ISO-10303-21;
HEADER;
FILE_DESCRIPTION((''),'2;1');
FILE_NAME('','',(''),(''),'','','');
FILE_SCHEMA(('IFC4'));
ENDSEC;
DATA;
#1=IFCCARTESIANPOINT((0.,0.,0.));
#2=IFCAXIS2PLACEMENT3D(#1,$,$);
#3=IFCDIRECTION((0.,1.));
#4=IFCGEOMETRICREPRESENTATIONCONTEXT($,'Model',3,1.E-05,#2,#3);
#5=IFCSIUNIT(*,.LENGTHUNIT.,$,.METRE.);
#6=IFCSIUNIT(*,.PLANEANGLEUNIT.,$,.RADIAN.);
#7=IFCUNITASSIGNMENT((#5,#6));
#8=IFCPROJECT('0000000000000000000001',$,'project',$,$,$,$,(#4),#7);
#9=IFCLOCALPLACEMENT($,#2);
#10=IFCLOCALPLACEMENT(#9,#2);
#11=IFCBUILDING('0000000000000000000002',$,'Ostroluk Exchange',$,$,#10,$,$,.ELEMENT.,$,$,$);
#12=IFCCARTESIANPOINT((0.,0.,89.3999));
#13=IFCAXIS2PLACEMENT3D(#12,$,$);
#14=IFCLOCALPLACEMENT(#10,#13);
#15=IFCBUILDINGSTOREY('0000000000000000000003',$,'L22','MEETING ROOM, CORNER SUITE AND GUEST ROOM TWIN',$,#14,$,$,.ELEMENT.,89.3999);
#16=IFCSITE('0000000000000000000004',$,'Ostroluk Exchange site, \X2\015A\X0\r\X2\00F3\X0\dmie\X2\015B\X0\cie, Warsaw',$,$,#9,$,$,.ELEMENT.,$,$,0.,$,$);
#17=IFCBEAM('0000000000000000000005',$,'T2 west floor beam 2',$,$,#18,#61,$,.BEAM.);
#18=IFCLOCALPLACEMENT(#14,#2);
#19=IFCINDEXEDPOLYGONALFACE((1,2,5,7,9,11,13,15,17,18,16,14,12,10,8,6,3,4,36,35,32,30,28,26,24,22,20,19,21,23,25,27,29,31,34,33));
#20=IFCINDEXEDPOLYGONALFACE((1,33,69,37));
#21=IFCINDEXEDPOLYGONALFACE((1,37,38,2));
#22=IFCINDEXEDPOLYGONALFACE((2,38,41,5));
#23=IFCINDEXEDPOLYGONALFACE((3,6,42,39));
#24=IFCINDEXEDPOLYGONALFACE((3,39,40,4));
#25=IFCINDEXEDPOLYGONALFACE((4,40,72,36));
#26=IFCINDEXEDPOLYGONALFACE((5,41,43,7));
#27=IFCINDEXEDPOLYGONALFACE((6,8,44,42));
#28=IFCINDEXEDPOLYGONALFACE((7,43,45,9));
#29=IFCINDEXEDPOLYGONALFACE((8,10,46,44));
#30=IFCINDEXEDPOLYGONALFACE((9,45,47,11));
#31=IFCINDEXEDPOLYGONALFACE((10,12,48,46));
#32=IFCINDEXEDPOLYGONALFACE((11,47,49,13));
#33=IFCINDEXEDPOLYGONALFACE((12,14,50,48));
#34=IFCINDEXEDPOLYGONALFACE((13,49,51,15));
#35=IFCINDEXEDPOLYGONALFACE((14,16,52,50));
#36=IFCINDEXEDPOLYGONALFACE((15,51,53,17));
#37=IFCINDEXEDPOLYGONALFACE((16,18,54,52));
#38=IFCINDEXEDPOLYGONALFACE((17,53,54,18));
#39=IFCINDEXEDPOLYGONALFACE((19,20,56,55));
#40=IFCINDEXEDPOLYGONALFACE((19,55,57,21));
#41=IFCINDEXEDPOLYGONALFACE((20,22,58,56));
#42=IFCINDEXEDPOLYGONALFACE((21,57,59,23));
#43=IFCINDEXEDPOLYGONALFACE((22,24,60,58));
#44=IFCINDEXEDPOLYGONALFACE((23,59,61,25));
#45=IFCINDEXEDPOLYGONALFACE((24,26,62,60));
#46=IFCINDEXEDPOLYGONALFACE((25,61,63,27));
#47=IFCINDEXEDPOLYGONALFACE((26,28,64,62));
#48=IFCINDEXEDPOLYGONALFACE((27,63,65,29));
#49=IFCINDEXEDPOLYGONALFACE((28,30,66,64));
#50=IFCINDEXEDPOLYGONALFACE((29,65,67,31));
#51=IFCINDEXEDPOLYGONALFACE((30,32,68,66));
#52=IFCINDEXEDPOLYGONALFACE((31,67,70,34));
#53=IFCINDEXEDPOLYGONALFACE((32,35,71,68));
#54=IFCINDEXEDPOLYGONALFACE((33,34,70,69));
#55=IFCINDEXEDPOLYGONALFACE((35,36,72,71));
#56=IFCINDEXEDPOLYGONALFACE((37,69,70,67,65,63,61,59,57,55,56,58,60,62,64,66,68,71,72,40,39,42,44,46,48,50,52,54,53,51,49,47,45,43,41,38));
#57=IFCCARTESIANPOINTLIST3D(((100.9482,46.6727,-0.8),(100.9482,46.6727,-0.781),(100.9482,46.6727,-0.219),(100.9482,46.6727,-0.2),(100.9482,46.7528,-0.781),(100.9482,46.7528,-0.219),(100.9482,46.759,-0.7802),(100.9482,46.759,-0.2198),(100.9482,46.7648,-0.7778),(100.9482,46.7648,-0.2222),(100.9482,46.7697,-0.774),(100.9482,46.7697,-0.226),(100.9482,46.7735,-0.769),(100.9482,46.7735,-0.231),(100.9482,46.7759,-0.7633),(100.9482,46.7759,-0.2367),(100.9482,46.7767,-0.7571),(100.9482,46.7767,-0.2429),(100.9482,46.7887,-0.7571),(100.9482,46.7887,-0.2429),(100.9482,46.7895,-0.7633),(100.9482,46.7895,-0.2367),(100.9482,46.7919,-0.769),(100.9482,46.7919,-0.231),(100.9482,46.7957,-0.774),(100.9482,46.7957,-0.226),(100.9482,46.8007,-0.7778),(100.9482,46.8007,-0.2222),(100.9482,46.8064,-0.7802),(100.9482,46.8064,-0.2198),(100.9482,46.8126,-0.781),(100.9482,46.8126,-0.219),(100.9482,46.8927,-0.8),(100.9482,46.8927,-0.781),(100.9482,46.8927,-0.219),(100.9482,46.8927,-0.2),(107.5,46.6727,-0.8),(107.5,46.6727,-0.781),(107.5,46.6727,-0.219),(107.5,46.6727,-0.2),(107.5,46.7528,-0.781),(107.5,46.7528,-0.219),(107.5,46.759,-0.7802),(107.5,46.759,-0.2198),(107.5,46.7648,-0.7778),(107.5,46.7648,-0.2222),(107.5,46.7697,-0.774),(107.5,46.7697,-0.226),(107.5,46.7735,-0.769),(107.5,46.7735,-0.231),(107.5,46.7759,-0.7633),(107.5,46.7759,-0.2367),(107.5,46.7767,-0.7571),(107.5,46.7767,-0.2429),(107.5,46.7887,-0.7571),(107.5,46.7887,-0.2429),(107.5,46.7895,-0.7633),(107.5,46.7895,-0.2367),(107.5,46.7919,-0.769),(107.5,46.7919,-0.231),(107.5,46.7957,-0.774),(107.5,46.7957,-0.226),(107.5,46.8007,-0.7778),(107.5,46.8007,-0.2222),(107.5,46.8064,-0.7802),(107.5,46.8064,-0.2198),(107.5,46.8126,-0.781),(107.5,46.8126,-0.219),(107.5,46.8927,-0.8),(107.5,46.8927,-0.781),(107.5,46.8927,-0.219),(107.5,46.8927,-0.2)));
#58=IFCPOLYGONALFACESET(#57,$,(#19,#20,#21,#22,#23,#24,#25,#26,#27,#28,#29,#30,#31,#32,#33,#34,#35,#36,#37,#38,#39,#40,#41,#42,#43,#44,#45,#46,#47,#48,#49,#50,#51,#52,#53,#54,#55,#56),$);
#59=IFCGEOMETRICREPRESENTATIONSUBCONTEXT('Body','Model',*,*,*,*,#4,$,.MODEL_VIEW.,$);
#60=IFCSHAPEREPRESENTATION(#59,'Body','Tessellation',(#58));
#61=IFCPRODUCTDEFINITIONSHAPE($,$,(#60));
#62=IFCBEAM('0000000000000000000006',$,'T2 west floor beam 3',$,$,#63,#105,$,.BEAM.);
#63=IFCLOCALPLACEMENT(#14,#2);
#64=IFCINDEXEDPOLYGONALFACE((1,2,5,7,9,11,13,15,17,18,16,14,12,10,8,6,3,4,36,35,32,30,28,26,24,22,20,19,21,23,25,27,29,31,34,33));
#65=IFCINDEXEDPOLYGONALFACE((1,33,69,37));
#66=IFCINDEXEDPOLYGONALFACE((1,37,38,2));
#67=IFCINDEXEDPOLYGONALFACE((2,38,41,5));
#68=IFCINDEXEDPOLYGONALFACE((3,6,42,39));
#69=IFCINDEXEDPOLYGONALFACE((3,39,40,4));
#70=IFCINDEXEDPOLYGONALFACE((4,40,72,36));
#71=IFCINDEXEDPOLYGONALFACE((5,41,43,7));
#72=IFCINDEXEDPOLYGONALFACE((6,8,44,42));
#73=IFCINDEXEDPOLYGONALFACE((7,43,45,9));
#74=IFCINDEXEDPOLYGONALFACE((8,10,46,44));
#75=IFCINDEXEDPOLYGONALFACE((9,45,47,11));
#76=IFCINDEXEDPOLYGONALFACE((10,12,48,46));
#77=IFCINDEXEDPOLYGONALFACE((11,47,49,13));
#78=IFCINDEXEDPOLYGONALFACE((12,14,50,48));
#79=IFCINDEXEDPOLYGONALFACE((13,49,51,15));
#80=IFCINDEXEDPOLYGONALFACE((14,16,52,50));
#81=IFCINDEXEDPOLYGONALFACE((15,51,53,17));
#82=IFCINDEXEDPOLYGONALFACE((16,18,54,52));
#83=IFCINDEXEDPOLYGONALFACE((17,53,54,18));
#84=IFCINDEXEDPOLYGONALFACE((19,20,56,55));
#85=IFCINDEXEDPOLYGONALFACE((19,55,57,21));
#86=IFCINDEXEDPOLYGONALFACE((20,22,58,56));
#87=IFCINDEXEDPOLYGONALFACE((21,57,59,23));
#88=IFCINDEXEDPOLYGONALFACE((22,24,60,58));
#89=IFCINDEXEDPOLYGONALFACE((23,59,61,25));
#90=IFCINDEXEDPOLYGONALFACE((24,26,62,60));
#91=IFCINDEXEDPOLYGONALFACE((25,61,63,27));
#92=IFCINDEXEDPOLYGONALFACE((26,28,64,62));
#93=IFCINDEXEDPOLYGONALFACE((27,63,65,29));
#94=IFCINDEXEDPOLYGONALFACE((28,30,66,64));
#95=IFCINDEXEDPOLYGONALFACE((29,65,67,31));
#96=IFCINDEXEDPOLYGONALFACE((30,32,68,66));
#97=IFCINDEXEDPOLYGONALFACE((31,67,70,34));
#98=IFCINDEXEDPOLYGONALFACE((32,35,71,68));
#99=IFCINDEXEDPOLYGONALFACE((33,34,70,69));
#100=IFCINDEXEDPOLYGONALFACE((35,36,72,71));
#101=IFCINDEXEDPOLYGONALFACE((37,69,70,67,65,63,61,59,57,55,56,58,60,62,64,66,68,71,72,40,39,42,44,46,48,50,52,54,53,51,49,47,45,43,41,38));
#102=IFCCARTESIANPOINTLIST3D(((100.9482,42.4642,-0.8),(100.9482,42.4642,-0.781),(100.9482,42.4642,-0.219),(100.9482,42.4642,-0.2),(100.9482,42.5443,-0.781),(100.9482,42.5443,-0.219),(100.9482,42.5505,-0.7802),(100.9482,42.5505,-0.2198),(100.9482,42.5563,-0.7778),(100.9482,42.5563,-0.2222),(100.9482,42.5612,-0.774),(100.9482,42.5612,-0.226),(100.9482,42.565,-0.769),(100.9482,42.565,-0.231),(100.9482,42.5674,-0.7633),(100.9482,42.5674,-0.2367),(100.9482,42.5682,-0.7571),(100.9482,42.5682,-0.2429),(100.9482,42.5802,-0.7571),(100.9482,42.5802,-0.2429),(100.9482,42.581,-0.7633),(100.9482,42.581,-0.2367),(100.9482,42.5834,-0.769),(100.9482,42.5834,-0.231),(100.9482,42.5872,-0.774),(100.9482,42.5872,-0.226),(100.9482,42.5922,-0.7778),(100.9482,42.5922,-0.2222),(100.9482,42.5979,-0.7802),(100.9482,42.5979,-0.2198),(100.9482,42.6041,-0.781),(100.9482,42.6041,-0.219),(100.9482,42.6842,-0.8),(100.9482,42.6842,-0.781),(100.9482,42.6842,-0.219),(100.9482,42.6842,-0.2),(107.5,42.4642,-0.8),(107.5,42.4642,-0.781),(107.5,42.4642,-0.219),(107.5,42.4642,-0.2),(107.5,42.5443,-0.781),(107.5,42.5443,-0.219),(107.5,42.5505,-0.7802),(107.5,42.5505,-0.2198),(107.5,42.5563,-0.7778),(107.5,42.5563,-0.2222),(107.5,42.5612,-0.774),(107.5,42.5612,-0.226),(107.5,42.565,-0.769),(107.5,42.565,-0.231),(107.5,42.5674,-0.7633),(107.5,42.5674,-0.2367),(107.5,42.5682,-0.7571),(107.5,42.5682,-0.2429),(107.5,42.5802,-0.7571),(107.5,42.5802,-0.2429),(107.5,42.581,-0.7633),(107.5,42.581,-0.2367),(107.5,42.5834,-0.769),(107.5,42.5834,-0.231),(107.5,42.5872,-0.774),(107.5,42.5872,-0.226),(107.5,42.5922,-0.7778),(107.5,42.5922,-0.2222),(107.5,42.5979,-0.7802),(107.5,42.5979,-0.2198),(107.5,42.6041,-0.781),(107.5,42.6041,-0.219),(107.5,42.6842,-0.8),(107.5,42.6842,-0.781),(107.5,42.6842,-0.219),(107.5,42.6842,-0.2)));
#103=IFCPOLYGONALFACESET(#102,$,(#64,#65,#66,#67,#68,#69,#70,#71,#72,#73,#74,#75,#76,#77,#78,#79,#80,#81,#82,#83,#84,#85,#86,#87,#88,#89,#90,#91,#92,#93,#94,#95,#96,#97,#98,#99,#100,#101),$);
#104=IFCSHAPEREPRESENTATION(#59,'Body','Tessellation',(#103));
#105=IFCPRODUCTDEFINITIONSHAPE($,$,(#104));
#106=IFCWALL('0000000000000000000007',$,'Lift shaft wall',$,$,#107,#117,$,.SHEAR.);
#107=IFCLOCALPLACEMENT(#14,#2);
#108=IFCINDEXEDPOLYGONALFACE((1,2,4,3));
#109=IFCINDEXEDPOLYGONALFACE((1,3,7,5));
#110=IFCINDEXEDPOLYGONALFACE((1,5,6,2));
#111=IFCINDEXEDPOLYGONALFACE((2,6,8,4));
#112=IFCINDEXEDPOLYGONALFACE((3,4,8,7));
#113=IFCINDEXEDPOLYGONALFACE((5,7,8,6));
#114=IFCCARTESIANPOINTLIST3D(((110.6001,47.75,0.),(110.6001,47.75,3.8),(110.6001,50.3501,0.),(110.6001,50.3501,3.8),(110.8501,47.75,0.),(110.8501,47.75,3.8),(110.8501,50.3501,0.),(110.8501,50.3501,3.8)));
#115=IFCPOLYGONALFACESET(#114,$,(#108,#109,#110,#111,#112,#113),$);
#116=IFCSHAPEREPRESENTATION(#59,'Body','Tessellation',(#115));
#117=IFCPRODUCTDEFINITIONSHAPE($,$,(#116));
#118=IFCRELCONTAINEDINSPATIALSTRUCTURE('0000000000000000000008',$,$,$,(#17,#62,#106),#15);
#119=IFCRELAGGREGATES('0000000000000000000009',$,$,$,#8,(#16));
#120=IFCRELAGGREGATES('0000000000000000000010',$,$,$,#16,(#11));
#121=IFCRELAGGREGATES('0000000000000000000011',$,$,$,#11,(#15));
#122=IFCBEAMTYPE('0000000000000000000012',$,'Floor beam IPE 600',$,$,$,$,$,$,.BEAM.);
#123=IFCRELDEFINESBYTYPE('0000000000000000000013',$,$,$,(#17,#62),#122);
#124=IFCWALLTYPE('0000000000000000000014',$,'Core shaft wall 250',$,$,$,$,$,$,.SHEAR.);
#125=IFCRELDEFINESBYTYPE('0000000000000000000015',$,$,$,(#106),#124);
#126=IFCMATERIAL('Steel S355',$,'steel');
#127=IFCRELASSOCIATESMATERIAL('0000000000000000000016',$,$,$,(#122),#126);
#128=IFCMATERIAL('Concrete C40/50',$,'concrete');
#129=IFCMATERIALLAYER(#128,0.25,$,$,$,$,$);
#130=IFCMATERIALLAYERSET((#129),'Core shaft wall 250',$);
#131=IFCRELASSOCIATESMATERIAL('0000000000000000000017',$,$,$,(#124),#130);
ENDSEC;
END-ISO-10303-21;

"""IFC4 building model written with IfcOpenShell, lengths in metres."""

from ifc_helpers import new_model, si_unit, direction, frame, frame_2d, origin, origin_2d, place, context, subcontext, project, spatial, rectangle, i_section, extrude, material, layer, layer_set, material_profile, profile_set, type_object, element, save


model = new_model("IFC4")

# Units and contexts
model_context = context("Model", 3, precision=1e-05, world=origin(), true_north=direction((0.0, 1.0)))
body_context = subcontext(model_context, "Body", "Model", "MODEL_VIEW")
ifc_project = project(units=[si_unit("LENGTHUNIT", "METRE"), si_unit("PLANEANGLEUNIT", "RADIAN")], contexts=[model_context])

# Site, building, storey
site_placement = place(None, origin())
site = spatial("IfcSite", under=ifc_project, at=site_placement, Name="Ostroluk Exchange site, Śródmieście, Warsaw", CompositionType="ELEMENT", RefElevation=0.0)
building_placement = place(site_placement, origin())
building = spatial("IfcBuilding", under=site, at=building_placement, Name="Ostroluk Exchange", CompositionType="ELEMENT")
storey_placement = place(building_placement, frame((0.0, 0.0, 89.3999)))
storey = spatial("IfcBuildingStorey", under=building, at=storey_placement, Name="L22", Description="MEETING ROOM, CORNER SUITE AND GUEST ROOM TWIN", CompositionType="ELEMENT", Elevation=89.3999)

# Beams
ifc_material_1 = material(Name="Steel S355", Category="steel")
ifc_material_profile = material_profile(ifc_material_1, i_section(OverallWidth=0.22, OverallDepth=0.6001, WebThickness=0.012, FlangeThickness=0.019, FilletRadius=0.0239, at=origin_2d()), Name="IPE 600")
ifc_profile_set = profile_set([ifc_material_profile], Name="Steel S355")
beam_type = type_object("IfcBeamType", Name="Floor beam IPE 600", PredefinedType="BEAM", material=ifc_profile_set)
for number, where, z_axis, x_axis, name in (
    (1, (107.5, 46.7827, -0.5), (-1.0, 0.0, 0.0), (0.0, -1.0, 0.0), "T2 west floor beam 2"),
    (2, (107.5, 42.5742, -0.5), (-1.0, 0.0, 0.0), (0.0, -1.0, 0.0), "T2 west floor beam 3"),
):
    element("IfcBeam", number, at=place(storey_placement, frame(where, z_axis=z_axis, x_axis=x_axis)), inside=storey, type_object=beam_type, Name=name, PredefinedType="BEAM", context=body_context, shape_type="SweptSolid", body=[
        extrude(i_section(OverallWidth=0.22, OverallDepth=0.6001, WebThickness=0.012, FlangeThickness=0.019, FilletRadius=0.0239, at=origin_2d()), origin(), (0.0, 0.0, 1.0), 6.5518),
    ])

# Wall
ifc_material_2 = material(Name="Concrete C40/50", Category="concrete")
ifc_layer_1 = layer(ifc_material_2, 0.25)
ifc_layer_set_1 = layer_set([ifc_layer_1], Name="Core shaft wall 250")
wall_type_1 = type_object("IfcWallType", Name="Core shaft wall 250", PredefinedType="SHEAR", material=ifc_layer_set_1)
wall_1_placement = place(storey_placement, frame((110.7251, 47.75, 0.0), z_axis=(0.0, 0.0, 1.0), x_axis=(0.0, 1.0, 0.0)))
element("IfcWall", 3, at=wall_1_placement, inside=storey, type_object=wall_type_1, Name="Lift shaft wall", PredefinedType="SHEAR", context=body_context, shape_type="SweptSolid", body=[
    extrude(rectangle(XDim=2.6001, YDim=0.25, at=frame_2d((1.3, 0.0))), origin(), (0.0, 0.0, 1.0), 3.8),
])

save(model, "model.ifc")
